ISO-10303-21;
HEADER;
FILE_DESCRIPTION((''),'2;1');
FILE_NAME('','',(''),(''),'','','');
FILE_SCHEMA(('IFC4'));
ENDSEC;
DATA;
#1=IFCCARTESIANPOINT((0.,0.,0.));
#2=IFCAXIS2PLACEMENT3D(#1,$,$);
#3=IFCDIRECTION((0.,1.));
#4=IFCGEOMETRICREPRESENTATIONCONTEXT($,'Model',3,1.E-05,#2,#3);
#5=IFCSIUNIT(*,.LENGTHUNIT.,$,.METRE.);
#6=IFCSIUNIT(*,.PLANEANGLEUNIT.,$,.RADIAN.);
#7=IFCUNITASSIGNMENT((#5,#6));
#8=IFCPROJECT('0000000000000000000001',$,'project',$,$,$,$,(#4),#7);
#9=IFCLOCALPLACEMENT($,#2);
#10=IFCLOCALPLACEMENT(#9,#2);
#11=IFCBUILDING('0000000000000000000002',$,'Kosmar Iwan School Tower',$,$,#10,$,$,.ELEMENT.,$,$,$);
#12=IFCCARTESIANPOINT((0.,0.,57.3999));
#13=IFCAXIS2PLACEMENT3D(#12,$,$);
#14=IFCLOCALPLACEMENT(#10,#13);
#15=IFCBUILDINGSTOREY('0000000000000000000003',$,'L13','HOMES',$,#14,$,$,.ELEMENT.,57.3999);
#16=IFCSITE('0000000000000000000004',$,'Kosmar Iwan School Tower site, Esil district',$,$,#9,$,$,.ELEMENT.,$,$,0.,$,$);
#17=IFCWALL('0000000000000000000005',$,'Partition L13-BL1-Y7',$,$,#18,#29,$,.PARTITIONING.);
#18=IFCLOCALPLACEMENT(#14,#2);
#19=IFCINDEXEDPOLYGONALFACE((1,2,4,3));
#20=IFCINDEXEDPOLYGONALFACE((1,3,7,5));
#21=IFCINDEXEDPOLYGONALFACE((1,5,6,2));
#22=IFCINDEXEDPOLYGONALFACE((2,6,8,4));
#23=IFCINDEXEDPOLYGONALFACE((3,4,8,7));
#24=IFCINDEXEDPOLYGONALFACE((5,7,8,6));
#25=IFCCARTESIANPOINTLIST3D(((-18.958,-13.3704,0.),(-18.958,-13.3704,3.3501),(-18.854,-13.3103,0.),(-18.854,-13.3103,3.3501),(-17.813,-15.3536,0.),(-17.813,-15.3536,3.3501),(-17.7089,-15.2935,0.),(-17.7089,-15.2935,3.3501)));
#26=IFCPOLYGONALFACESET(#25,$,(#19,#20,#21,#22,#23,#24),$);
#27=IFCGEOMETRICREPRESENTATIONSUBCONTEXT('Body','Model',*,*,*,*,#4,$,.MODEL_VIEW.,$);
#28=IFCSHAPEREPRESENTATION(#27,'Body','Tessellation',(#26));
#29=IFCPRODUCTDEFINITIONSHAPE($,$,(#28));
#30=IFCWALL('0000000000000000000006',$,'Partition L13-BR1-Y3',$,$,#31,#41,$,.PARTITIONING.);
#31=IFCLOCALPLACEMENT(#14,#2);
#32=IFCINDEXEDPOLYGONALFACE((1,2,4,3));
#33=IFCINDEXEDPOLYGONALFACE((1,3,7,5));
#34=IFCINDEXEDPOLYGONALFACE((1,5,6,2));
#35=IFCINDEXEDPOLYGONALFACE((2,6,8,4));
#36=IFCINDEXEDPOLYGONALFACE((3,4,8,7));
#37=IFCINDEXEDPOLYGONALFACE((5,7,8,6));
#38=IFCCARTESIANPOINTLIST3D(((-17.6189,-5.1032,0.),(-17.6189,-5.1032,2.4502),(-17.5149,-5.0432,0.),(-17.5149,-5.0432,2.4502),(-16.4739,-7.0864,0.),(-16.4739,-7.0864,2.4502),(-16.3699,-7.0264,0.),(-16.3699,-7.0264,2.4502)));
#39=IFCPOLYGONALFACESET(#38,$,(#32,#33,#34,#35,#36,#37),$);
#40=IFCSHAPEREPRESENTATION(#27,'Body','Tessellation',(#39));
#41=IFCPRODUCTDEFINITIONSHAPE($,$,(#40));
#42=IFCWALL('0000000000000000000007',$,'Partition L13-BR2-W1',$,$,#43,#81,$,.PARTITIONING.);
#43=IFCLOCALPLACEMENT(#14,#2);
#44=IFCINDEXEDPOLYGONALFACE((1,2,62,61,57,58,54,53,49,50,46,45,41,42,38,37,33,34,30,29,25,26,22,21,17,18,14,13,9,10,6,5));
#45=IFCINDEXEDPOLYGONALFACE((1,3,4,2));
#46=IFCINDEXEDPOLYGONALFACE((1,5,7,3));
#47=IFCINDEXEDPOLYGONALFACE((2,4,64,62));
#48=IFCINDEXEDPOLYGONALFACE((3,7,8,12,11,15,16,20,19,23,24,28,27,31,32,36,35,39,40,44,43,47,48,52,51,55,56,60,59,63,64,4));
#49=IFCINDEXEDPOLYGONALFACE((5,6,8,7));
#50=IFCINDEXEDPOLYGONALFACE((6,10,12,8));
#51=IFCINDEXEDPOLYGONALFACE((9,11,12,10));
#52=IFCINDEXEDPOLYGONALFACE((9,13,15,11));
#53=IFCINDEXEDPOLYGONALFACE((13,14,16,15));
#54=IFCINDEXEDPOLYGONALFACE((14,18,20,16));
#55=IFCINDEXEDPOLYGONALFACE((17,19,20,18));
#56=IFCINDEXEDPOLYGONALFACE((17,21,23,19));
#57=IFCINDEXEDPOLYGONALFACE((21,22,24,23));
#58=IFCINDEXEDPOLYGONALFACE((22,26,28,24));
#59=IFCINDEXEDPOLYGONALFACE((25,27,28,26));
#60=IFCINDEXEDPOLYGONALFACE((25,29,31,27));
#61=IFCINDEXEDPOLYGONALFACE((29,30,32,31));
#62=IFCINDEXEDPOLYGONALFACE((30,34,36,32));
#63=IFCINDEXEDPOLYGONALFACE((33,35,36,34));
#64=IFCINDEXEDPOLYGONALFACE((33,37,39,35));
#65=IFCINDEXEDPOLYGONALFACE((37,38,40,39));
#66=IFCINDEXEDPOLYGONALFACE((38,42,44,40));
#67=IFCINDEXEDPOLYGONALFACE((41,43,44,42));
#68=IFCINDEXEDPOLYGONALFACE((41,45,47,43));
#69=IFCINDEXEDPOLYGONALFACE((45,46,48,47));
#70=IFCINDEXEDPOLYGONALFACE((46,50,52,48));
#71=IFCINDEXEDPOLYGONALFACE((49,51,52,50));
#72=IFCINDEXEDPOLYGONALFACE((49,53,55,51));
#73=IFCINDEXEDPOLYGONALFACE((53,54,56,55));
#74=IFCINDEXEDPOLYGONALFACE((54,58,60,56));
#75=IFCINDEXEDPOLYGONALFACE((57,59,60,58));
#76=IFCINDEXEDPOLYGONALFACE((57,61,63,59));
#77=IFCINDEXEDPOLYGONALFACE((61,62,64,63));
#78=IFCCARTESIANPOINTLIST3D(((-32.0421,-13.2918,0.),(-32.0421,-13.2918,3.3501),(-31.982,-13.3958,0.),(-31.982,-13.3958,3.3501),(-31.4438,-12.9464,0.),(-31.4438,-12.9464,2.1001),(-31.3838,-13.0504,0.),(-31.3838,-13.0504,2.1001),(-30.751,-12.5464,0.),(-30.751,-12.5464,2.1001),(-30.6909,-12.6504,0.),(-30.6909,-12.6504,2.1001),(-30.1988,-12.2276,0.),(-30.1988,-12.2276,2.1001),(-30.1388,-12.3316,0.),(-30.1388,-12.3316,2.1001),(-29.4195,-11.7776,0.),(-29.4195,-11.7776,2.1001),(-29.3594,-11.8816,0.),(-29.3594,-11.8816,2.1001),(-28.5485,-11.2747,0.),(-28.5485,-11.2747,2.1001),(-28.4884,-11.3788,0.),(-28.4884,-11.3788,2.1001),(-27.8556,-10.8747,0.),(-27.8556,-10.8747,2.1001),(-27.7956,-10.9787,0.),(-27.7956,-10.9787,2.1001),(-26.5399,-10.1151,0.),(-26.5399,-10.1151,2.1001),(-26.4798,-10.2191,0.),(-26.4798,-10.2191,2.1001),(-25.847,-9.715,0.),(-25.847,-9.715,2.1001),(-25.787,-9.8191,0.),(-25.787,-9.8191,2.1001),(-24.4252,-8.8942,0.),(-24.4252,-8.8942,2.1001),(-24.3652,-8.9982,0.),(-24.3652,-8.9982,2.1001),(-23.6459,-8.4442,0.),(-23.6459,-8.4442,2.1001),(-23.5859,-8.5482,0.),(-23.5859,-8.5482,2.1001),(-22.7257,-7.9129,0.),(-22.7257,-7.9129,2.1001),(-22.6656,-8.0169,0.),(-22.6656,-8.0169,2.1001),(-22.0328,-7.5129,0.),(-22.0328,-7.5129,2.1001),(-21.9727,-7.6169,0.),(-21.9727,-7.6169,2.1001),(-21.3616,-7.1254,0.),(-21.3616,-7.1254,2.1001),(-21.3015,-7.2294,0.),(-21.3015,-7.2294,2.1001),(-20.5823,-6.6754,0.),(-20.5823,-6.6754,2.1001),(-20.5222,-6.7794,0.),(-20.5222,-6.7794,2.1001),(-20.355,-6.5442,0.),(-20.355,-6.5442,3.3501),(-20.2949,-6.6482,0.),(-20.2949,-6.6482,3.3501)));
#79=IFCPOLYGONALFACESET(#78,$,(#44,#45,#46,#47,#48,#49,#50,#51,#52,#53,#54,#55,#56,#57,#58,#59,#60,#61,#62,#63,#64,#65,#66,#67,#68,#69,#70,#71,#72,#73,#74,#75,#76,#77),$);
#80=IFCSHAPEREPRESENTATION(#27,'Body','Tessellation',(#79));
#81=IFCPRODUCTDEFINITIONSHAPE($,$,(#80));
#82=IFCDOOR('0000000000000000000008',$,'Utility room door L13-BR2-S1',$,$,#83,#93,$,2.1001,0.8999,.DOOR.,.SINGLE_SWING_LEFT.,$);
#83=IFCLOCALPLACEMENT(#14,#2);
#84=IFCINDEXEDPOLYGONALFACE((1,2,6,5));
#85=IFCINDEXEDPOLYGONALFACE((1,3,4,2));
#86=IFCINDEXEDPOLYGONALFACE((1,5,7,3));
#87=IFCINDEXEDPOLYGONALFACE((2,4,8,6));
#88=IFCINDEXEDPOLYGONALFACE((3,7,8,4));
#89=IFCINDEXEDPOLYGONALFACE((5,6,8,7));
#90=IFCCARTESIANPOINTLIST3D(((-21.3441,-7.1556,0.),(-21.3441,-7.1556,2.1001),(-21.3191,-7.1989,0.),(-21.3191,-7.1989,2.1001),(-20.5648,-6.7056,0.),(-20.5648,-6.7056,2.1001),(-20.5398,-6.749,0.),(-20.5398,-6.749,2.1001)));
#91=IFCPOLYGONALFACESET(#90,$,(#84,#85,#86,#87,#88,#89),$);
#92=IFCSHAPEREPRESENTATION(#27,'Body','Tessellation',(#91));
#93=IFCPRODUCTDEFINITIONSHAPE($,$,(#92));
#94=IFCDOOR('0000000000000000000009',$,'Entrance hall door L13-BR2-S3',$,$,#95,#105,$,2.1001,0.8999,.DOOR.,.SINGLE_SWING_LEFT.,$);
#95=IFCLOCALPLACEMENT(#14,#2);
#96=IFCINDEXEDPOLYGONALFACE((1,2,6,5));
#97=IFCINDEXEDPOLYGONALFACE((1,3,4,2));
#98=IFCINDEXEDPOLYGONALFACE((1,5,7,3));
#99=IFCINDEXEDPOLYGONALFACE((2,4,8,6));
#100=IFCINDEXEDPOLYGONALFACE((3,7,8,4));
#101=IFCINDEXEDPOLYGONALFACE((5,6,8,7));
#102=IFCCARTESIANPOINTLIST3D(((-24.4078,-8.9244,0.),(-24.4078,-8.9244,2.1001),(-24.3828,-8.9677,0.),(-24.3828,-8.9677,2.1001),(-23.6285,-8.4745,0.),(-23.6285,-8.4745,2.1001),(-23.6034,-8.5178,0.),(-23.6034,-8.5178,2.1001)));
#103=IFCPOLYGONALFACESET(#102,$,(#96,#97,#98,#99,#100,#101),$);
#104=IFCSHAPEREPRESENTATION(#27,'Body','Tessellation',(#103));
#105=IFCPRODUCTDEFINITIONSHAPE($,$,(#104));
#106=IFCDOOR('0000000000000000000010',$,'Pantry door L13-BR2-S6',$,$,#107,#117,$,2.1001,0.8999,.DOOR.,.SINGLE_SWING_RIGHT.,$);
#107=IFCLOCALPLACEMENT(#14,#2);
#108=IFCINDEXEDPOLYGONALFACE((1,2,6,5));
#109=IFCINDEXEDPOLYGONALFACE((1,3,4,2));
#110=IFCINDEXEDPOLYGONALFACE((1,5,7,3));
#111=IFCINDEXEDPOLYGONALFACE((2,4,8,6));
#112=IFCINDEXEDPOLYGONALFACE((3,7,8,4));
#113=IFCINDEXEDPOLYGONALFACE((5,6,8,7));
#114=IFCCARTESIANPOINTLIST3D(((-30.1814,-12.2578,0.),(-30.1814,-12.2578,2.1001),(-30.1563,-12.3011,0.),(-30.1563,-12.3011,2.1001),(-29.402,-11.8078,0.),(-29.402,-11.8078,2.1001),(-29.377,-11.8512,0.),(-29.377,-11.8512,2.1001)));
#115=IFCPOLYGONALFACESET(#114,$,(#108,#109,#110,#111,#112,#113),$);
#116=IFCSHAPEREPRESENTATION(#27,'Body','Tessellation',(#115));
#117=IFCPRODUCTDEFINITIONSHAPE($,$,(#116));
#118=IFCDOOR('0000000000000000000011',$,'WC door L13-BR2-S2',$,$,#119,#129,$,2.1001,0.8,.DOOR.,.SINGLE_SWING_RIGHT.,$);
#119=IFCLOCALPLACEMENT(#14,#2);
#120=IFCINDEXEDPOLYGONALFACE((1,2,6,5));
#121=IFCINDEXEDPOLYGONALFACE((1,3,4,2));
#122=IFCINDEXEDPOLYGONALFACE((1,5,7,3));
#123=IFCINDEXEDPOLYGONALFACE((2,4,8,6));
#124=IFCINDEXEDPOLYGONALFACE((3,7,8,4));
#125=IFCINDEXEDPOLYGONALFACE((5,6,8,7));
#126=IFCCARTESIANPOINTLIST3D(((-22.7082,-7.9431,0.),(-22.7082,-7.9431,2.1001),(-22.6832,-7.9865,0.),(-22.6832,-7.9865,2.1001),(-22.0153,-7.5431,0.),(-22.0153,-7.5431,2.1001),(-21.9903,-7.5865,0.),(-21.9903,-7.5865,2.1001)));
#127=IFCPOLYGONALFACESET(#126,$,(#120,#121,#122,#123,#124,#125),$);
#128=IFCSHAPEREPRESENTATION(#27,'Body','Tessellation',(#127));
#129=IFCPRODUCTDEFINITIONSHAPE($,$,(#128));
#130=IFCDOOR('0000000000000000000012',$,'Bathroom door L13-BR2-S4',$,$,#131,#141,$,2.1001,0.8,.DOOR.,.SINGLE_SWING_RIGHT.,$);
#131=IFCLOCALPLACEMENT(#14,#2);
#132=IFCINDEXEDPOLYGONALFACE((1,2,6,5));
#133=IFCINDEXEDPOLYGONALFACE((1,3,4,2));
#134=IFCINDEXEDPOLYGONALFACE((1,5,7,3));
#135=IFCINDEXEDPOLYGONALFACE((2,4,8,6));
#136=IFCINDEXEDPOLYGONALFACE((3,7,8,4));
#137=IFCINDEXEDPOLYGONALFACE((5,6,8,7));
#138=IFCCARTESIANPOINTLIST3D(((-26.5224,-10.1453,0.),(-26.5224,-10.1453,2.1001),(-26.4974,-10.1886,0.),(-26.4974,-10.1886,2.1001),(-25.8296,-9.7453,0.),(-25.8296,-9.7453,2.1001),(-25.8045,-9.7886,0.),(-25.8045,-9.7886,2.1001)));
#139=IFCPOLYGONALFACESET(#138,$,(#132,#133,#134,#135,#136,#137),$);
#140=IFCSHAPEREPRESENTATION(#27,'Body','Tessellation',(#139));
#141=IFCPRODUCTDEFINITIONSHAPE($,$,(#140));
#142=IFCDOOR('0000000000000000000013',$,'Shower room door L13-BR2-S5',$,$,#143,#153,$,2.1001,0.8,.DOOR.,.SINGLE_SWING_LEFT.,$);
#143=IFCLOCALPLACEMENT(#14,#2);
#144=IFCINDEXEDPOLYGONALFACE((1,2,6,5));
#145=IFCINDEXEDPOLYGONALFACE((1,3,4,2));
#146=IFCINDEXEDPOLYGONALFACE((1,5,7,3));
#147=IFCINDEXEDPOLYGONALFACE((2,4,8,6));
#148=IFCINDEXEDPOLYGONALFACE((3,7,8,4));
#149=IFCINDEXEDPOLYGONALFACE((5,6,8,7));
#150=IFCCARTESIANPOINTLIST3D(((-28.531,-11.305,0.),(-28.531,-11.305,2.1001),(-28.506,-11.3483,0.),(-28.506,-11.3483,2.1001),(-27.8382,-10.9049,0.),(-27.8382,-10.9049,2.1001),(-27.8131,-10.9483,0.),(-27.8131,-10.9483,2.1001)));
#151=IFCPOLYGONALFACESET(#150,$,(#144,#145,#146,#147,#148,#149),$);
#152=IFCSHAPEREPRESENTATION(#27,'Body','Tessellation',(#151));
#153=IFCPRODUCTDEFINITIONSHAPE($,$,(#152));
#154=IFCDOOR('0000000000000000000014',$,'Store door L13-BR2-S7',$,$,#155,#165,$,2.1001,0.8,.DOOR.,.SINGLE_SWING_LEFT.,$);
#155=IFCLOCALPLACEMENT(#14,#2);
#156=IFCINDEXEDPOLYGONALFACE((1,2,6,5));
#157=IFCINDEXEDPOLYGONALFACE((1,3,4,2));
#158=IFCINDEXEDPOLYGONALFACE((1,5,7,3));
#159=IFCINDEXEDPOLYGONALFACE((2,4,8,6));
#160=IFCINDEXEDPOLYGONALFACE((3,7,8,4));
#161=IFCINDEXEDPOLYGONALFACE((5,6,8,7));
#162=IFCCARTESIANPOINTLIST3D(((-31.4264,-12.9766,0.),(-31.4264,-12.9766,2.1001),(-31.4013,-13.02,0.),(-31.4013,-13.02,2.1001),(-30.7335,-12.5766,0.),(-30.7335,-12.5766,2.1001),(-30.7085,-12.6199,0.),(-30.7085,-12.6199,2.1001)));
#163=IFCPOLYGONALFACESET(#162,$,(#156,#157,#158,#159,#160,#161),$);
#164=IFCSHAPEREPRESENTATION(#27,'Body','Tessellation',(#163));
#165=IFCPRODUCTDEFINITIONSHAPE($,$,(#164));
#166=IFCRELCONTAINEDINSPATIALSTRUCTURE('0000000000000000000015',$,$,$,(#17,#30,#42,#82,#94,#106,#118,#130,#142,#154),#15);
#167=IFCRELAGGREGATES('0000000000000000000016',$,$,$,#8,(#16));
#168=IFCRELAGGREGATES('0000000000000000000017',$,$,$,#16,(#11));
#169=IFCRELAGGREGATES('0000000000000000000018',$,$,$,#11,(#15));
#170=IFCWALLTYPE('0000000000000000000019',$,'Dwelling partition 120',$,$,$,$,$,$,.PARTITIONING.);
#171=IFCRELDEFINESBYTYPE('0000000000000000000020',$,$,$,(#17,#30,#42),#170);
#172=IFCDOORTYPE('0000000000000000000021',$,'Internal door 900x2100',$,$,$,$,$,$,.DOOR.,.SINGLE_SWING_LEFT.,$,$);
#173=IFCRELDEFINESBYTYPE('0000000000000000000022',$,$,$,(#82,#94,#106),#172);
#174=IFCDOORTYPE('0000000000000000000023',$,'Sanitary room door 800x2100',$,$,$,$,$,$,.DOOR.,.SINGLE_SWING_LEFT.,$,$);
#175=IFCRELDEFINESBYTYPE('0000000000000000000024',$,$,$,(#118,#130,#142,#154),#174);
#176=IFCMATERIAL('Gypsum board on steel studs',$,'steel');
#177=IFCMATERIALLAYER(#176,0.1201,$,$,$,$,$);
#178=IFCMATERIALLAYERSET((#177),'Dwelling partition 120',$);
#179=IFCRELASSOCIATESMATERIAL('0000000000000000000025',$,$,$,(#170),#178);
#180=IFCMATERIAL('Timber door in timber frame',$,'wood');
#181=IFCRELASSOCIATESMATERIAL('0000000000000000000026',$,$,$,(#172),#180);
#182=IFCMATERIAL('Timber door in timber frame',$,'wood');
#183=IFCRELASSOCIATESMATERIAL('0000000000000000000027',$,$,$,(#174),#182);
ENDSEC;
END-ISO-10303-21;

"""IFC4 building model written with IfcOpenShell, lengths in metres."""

from ifc_helpers import new_model, si_unit, direction, frame, frame_2d, origin, place, context, subcontext, project, spatial, rectangle, extrude, material, layer, layer_set, type_object, element, fill, save


model = new_model("IFC4")

# Units and contexts
model_context = context("Model", 3, precision=1e-05, world=origin(), true_north=direction((0.0, 1.0)))
body_context = subcontext(model_context, "Body", "Model", "MODEL_VIEW")
ifc_project = project(units=[si_unit("LENGTHUNIT", "METRE"), si_unit("PLANEANGLEUNIT", "RADIAN")], contexts=[model_context])

# Site, building, storey
site_placement = place(None, origin())
site = spatial("IfcSite", under=ifc_project, at=site_placement, Name="Kosmar Iwan School Tower site, Esil district", CompositionType="ELEMENT", RefElevation=0.0)
building_placement = place(site_placement, origin())
building = spatial("IfcBuilding", under=site, at=building_placement, Name="Kosmar Iwan School Tower", CompositionType="ELEMENT")
storey_placement = place(building_placement, frame((0.0, 0.0, 57.3999)))
storey = spatial("IfcBuildingStorey", under=building, at=storey_placement, Name="L13", Description="HOMES", CompositionType="ELEMENT", Elevation=57.3999)

# Walls
ifc_material_1 = material(Name="Gypsum board on steel studs", Category="steel")
ifc_layer_1 = layer(ifc_material_1, 0.1201)
ifc_layer_set_1 = layer_set([ifc_layer_1], Name="Dwelling partition 120")
wall_type_1 = type_object("IfcWallType", Name="Dwelling partition 120", PredefinedType="PARTITIONING", material=ifc_layer_set_1)
wall_1_placement = place(storey_placement, frame((-18.906, -13.3403, 0.0), z_axis=(0.0, 0.0, 1.0), x_axis=(0.500015, -0.866017, 0.0)))
element("IfcWall", 1, at=wall_1_placement, inside=storey, type_object=wall_type_1, Name="Partition L13-BL1-Y7", PredefinedType="PARTITIONING", context=body_context, shape_type="SweptSolid", body=[
    extrude(rectangle(XDim=2.29, YDim=0.1201, at=frame_2d((1.145, 0.0))), origin(), (0.0, 0.0, 1.0), 3.3501),
])
wall_2_placement = place(storey_placement, frame((-16.4219, -7.0564, 0.0), z_axis=(0.0, 0.0, 1.0), x_axis=(-0.500015, 0.866017, 0.0)))
element("IfcWall", 2, at=wall_2_placement, inside=storey, type_object=wall_type_1, Name="Partition L13-BR1-Y3", PredefinedType="PARTITIONING", context=body_context, shape_type="SweptSolid", body=[
    extrude(rectangle(XDim=2.29, YDim=0.1201, at=frame_2d((1.145, 0.0))), origin(), (0.0, 0.0, 1.0), 2.4502),
])

# Wall, openings, doors
wall_3_placement = place(storey_placement, frame((-20.325, -6.5962, 0.0), z_axis=(0.0, 0.0, 1.0), x_axis=(-0.866024, -0.500003, 0.0)))
wall_3 = element("IfcWall", 3, at=wall_3_placement, inside=storey, type_object=wall_type_1, Name="Partition L13-BR2-W1", PredefinedType="PARTITIONING", context=body_context, shape_type="SweptSolid", body=[
    extrude(rectangle(XDim=13.4951, YDim=0.1201, at=frame_2d((6.7476, 0.0))), origin(), (0.0, 0.0, 1.0), 3.3501),
])
opening_1_placement = place(wall_3_placement, frame((0.2625, 0.0, 0.0)))
opening_1 = element("IfcOpeningElement", 4, at=opening_1_placement, cuts=wall_3, PredefinedType="OPENING", context=body_context, shape_type="SweptSolid", body=[
    extrude(rectangle(XDim=0.8999, YDim=2.1001, at=frame_2d((0.45, 1.05))), frame((0.0, 0.072, 0.0), z_axis=(0.0, -1.0, 0.0), x_axis=(1.0, 0.0, 0.0)), (0.0, 0.0, 1.0), 0.144),
])
opening_2_placement = place(wall_3_placement, frame((1.9375, 0.0, 0.0)))
opening_2 = element("IfcOpeningElement", 5, at=opening_2_placement, cuts=wall_3, PredefinedType="OPENING", context=body_context, shape_type="SweptSolid", body=[
    extrude(rectangle(XDim=0.8, YDim=2.1001, at=frame_2d((0.3999, 1.05))), frame((0.0, 0.072, 0.0), z_axis=(0.0, -1.0, 0.0), x_axis=(1.0, 0.0, 0.0)), (0.0, 0.0, 1.0), 0.144),
])
opening_3_placement = place(wall_3_placement, frame((3.8, 0.0, 0.0)))
opening_3 = element("IfcOpeningElement", 6, at=opening_3_placement, cuts=wall_3, PredefinedType="OPENING", context=body_context, shape_type="SweptSolid", body=[
    extrude(rectangle(XDim=0.8999, YDim=2.1001, at=frame_2d((0.45, 1.05))), frame((0.0, 0.072, 0.0), z_axis=(0.0, -1.0, 0.0), x_axis=(1.0, 0.0, 0.0)), (0.0, 0.0, 1.0), 0.144),
])
opening_4_placement = place(wall_3_placement, frame((6.3418, 0.0, 0.0)))
opening_4 = element("IfcOpeningElement", 7, at=opening_4_placement, cuts=wall_3, PredefinedType="OPENING", context=body_context, shape_type="SweptSolid", body=[
    extrude(rectangle(XDim=0.8, YDim=2.1001, at=frame_2d((0.3999, 1.05))), frame((0.0, 0.072, 0.0), z_axis=(0.0, -1.0, 0.0), x_axis=(1.0, 0.0, 0.0)), (0.0, 0.0, 1.0), 0.144),
])
opening_5_placement = place(wall_3_placement, frame((8.6611, 0.0, 0.0)))
opening_5 = element("IfcOpeningElement", 8, at=opening_5_placement, cuts=wall_3, PredefinedType="OPENING", context=body_context, shape_type="SweptSolid", body=[
    extrude(rectangle(XDim=0.8, YDim=2.1001, at=frame_2d((0.3999, 1.05))), frame((0.0, 0.072, 0.0), z_axis=(0.0, -1.0, 0.0), x_axis=(1.0, 0.0, 0.0)), (0.0, 0.0, 1.0), 0.144),
])
opening_6_placement = place(wall_3_placement, frame((10.4668, 0.0, 0.0)))
opening_6 = element("IfcOpeningElement", 9, at=opening_6_placement, cuts=wall_3, PredefinedType="OPENING", context=body_context, shape_type="SweptSolid", body=[
    extrude(rectangle(XDim=0.8999, YDim=2.1001, at=frame_2d((0.45, 1.05))), frame((0.0, 0.072, 0.0), z_axis=(0.0, -1.0, 0.0), x_axis=(1.0, 0.0, 0.0)), (0.0, 0.0, 1.0), 0.144),
])
opening_7_placement = place(wall_3_placement, frame((12.0044, 0.0, 0.0)))
opening_7 = element("IfcOpeningElement", 10, at=opening_7_placement, cuts=wall_3, PredefinedType="OPENING", context=body_context, shape_type="SweptSolid", body=[
    extrude(rectangle(XDim=0.8, YDim=2.1001, at=frame_2d((0.3999, 1.05))), frame((0.0, 0.072, 0.0), z_axis=(0.0, -1.0, 0.0), x_axis=(1.0, 0.0, 0.0)), (0.0, 0.0, 1.0), 0.144),
])
ifc_material_2 = material(Name="Timber door in timber frame", Category="wood")
door_type_1 = type_object("IfcDoorType", Name="Internal door 900x2100", OperationType="SINGLE_SWING_LEFT", PredefinedType="DOOR", material=ifc_material_2)
door_1_placement = place(opening_1_placement, origin())
door_1 = element("IfcDoor", 11, at=door_1_placement, inside=storey, type_object=door_type_1, Name="Utility room door L13-BR2-S1", OperationType="SINGLE_SWING_LEFT", OverallHeight=2.1001, OverallWidth=0.8999, PredefinedType="DOOR", context=body_context, shape_type="SweptSolid", body=[
    extrude(rectangle(XDim=0.8999, YDim=2.1001, at=frame_2d((0.45, 1.05))), frame((0.0, 0.0249, 0.0), z_axis=(0.0, -1.0, 0.0), x_axis=(1.0, 0.0, 0.0)), (0.0, 0.0, 1.0), 0.05),
])
fill(opening_1, door_1)
door_2_placement = place(opening_3_placement, origin())
door_2 = element("IfcDoor", 12, at=door_2_placement, inside=storey, type_object=door_type_1, Name="Entrance hall door L13-BR2-S3", OperationType="SINGLE_SWING_LEFT", OverallHeight=2.1001, OverallWidth=0.8999, PredefinedType="DOOR", context=body_context, shape_type="SweptSolid", body=[
    extrude(rectangle(XDim=0.8999, YDim=2.1001, at=frame_2d((0.45, 1.05))), frame((0.0, 0.0249, 0.0), z_axis=(0.0, -1.0, 0.0), x_axis=(1.0, 0.0, 0.0)), (0.0, 0.0, 1.0), 0.05),
])
fill(opening_3, door_2)
door_3_placement = place(opening_6_placement, origin())
door_3 = element("IfcDoor", 13, at=door_3_placement, inside=storey, type_object=door_type_1, Name="Pantry door L13-BR2-S6", OperationType="SINGLE_SWING_RIGHT", OverallHeight=2.1001, OverallWidth=0.8999, PredefinedType="DOOR", context=body_context, shape_type="SweptSolid", body=[
    extrude(rectangle(XDim=0.8999, YDim=2.1001, at=frame_2d((0.45, 1.05))), frame((0.0, 0.0249, 0.0), z_axis=(0.0, -1.0, 0.0), x_axis=(1.0, 0.0, 0.0)), (0.0, 0.0, 1.0), 0.05),
])
fill(opening_6, door_3)
ifc_material_3 = material(Name="Timber door in timber frame", Category="wood")
door_type_2 = type_object("IfcDoorType", Name="Sanitary room door 800x2100", OperationType="SINGLE_SWING_LEFT", PredefinedType="DOOR", material=ifc_material_3)
door_4_placement = place(opening_2_placement, origin())
door_4 = element("IfcDoor", 14, at=door_4_placement, inside=storey, type_object=door_type_2, Name="WC door L13-BR2-S2", OperationType="SINGLE_SWING_RIGHT", OverallHeight=2.1001, OverallWidth=0.8, PredefinedType="DOOR", context=body_context, shape_type="SweptSolid", body=[
    extrude(rectangle(XDim=0.8, YDim=2.1001, at=frame_2d((0.3999, 1.05))), frame((0.0, 0.0249, 0.0), z_axis=(0.0, -1.0, 0.0), x_axis=(1.0, 0.0, 0.0)), (0.0, 0.0, 1.0), 0.05),
])
fill(opening_2, door_4)
door_5_placement = place(opening_4_placement, origin())
door_5 = element("IfcDoor", 15, at=door_5_placement, inside=storey, type_object=door_type_2, Name="Bathroom door L13-BR2-S4", OperationType="SINGLE_SWING_RIGHT", OverallHeight=2.1001, OverallWidth=0.8, PredefinedType="DOOR", context=body_context, shape_type="SweptSolid", body=[
    extrude(rectangle(XDim=0.8, YDim=2.1001, at=frame_2d((0.3999, 1.05))), frame((0.0, 0.0249, 0.0), z_axis=(0.0, -1.0, 0.0), x_axis=(1.0, 0.0, 0.0)), (0.0, 0.0, 1.0), 0.05),
])
fill(opening_4, door_5)
door_6_placement = place(opening_5_placement, origin())
door_6 = element("IfcDoor", 16, at=door_6_placement, inside=storey, type_object=door_type_2, Name="Shower room door L13-BR2-S5", OperationType="SINGLE_SWING_LEFT", OverallHeight=2.1001, OverallWidth=0.8, PredefinedType="DOOR", context=body_context, shape_type="SweptSolid", body=[
    extrude(rectangle(XDim=0.8, YDim=2.1001, at=frame_2d((0.3999, 1.05))), frame((0.0, 0.0249, 0.0), z_axis=(0.0, -1.0, 0.0), x_axis=(1.0, 0.0, 0.0)), (0.0, 0.0, 1.0), 0.05),
])
fill(opening_5, door_6)
door_7_placement = place(opening_7_placement, origin())
door_7 = element("IfcDoor", 17, at=door_7_placement, inside=storey, type_object=door_type_2, Name="Store door L13-BR2-S7", OperationType="SINGLE_SWING_LEFT", OverallHeight=2.1001, OverallWidth=0.8, PredefinedType="DOOR", context=body_context, shape_type="SweptSolid", body=[
    extrude(rectangle(XDim=0.8, YDim=2.1001, at=frame_2d((0.3999, 1.05))), frame((0.0, 0.0249, 0.0), z_axis=(0.0, -1.0, 0.0), x_axis=(1.0, 0.0, 0.0)), (0.0, 0.0, 1.0), 0.05),
])
fill(opening_7, door_7)

save(model, "model.ifc")
